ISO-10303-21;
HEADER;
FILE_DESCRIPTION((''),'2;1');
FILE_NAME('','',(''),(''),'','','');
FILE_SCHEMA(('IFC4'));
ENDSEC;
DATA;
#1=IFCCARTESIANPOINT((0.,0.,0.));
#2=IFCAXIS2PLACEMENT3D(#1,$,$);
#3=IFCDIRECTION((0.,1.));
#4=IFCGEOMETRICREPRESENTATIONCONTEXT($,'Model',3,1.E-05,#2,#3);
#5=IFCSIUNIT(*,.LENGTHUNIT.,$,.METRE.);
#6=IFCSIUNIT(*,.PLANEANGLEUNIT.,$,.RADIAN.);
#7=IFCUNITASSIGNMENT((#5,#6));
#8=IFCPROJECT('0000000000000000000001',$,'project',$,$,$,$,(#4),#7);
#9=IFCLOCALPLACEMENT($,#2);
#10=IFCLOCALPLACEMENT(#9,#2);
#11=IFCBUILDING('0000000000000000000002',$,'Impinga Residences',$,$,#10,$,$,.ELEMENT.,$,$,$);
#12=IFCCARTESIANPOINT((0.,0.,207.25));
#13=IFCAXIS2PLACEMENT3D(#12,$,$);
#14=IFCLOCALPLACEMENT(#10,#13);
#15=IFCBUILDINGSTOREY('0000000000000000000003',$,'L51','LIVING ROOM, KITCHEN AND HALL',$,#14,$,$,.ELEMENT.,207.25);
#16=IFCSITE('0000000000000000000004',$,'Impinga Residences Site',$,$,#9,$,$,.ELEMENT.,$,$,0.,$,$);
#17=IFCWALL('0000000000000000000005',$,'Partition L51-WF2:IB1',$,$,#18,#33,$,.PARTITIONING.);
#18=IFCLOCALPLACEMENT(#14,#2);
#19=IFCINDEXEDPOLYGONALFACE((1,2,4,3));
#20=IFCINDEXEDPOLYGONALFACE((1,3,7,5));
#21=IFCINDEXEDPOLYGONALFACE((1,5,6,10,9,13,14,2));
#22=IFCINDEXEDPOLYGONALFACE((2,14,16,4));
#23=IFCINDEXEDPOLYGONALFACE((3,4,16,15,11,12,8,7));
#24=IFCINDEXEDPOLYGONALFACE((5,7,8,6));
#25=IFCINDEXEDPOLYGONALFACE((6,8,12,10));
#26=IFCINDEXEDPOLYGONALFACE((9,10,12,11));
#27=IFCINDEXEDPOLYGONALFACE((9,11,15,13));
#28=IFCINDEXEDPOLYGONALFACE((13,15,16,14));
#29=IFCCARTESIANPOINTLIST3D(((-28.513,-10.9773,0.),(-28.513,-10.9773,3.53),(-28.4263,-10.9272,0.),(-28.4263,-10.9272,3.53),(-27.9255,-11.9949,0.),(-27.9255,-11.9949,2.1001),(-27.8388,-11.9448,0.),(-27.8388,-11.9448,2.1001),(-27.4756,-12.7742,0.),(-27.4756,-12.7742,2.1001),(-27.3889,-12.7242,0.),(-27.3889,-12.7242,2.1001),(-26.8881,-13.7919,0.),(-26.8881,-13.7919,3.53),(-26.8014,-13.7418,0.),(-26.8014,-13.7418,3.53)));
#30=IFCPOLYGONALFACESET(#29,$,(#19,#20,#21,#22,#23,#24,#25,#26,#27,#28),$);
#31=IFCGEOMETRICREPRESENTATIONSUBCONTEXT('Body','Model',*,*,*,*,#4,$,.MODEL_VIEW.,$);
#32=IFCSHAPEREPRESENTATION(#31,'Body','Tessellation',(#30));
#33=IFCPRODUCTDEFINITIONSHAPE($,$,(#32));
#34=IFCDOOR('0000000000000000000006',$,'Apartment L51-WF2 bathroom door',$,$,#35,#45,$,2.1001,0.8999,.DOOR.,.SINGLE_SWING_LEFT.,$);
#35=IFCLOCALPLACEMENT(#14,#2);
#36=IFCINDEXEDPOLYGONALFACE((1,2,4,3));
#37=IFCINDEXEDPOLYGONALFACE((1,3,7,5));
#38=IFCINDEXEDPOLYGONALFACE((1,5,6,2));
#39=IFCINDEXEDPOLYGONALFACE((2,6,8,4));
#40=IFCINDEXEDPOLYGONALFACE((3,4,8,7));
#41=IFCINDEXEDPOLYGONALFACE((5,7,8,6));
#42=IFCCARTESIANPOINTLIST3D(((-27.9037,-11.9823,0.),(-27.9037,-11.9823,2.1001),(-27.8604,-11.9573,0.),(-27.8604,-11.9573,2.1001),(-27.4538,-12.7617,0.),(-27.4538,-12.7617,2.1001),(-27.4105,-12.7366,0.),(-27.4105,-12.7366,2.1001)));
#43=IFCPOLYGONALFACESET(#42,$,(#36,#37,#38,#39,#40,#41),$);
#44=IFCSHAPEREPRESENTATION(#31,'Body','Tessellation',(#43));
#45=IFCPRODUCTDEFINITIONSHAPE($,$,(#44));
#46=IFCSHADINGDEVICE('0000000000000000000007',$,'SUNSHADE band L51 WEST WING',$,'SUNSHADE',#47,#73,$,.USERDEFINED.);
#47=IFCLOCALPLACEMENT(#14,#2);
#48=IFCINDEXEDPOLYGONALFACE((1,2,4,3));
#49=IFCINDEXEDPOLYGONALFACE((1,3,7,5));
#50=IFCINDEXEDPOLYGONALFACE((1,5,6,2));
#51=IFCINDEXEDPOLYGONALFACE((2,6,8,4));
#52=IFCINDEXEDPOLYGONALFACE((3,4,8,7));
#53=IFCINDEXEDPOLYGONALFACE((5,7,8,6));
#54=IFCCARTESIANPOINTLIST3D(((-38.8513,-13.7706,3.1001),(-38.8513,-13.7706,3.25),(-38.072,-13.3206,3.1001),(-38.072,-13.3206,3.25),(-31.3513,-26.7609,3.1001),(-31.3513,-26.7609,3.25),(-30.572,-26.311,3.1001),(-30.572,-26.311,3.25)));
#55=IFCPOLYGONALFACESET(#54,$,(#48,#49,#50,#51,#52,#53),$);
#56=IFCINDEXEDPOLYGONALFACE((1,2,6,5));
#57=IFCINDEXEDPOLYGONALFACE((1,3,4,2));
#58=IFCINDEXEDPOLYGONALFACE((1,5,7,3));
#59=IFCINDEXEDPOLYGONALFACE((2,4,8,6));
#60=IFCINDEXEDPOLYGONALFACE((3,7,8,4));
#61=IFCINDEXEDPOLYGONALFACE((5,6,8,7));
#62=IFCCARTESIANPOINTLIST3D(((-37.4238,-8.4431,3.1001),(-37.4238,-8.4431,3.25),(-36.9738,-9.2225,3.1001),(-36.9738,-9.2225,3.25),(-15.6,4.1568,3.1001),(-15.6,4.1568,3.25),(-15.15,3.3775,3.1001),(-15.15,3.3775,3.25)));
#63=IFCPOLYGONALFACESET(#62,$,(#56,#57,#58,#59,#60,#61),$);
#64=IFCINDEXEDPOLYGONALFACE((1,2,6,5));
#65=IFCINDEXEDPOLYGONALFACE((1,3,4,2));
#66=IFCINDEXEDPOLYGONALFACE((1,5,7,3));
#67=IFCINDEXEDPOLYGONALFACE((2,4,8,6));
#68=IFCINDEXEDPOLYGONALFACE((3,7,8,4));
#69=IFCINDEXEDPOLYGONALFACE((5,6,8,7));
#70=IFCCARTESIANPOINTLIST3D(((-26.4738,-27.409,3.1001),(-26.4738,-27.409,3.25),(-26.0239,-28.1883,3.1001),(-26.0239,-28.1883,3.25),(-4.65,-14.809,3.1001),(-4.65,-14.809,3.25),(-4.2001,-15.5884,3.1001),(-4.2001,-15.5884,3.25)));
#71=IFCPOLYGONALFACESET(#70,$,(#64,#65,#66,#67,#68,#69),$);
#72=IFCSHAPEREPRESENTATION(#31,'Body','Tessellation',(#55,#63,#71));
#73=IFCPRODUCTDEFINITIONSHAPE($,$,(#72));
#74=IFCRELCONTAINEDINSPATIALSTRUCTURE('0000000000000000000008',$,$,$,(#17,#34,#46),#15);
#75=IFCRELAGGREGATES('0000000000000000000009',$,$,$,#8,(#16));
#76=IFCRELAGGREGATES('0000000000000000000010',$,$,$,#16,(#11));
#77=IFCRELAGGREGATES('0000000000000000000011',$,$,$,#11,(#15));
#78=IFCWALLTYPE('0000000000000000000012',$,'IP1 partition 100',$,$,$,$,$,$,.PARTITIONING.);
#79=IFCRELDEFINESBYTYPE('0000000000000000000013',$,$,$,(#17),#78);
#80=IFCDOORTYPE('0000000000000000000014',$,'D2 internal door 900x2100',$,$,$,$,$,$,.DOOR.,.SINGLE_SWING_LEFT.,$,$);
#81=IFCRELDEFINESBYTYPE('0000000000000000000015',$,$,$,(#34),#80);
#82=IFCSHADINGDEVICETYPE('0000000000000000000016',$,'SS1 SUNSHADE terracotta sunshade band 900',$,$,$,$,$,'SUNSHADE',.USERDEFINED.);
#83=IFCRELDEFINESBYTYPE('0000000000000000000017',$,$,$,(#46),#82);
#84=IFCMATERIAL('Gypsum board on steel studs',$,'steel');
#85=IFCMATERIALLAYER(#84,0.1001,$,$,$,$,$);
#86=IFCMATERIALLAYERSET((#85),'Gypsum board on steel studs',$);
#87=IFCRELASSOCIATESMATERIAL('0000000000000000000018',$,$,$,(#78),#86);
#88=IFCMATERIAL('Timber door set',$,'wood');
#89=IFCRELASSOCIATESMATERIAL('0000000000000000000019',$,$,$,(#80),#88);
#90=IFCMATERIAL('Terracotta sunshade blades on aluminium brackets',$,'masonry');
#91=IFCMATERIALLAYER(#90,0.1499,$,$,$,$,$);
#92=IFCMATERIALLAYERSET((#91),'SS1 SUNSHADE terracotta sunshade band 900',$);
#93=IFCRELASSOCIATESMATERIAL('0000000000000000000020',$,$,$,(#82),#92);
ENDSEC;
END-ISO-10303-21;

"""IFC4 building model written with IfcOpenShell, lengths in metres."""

from ifc_helpers import new_model, si_unit, direction, frame, frame_2d, origin, origin_2d, place, context, subcontext, project, spatial, rectangle, extrude, material, layer, layer_set, type_object, element, fill, save


model = new_model("IFC4")

# Units and contexts
model_context = context("Model", 3, precision=1e-05, world=origin(), true_north=direction((0.0, 1.0)))
body_context = subcontext(model_context, "Body", "Model", "MODEL_VIEW")
ifc_project = project(units=[si_unit("LENGTHUNIT", "METRE"), si_unit("PLANEANGLEUNIT", "RADIAN")], contexts=[model_context])

# Site, building, storey
site_placement = place(None, origin())
site = spatial("IfcSite", under=ifc_project, at=site_placement, Name="Impinga Residences Site", CompositionType="ELEMENT", RefElevation=0.0)
building_placement = place(site_placement, origin())
building = spatial("IfcBuilding", under=site, at=building_placement, Name="Impinga Residences", CompositionType="ELEMENT")
storey_placement = place(building_placement, frame((0.0, 0.0, 207.25)))
storey = spatial("IfcBuildingStorey", under=building, at=storey_placement, Name="L51", Description="LIVING ROOM, KITCHEN AND HALL", CompositionType="ELEMENT", Elevation=207.25)

# Shared definitions
ifc_material_1 = material(Name="Timber door set", Category="wood")

# Shared definitions
ifc_material_2 = material(Name="Gypsum board on steel studs", Category="steel")
ifc_layer_1 = layer(ifc_material_2, 0.1001)
ifc_layer_set_1 = layer_set([ifc_layer_1], Name="Gypsum board on steel studs")
wall_type_1 = type_object("IfcWallType", Name="IP1 partition 100", PredefinedType="PARTITIONING", material=ifc_layer_set_1)

# Wall, opening, door
wall_1_placement = place(storey_placement, frame((-26.8447, -13.7668, 0.0), z_axis=(0.0, 0.0, 1.0), x_axis=(-0.499985, 0.866034, 0.0)))
wall_1 = element("IfcWall", 1, at=wall_1_placement, inside=storey, type_object=wall_type_1, Name="Partition L51-WF2:IB1", PredefinedType="PARTITIONING", context=body_context, shape_type="SweptSolid", body=[
    extrude(rectangle(XDim=3.25, YDim=0.1001, at=frame_2d((1.625, 0.0))), origin(), (0.0, 0.0, 1.0), 3.53),
])
opening_1_placement = place(wall_1_placement, frame((1.175, 0.0, 0.0)))
opening_1 = element("IfcOpeningElement", 2, at=opening_1_placement, cuts=wall_1, PredefinedType="OPENING", context=body_context, shape_type="SweptSolid", body=[
    extrude(rectangle(XDim=0.8999, YDim=2.1001, at=frame_2d((0.45, 1.05))), frame((0.0, 0.0601, 0.0), z_axis=(0.0, -1.0, 0.0), x_axis=(1.0, 0.0, 0.0)), (0.0, 0.0, 1.0), 0.1201),
])
door_type_1 = type_object("IfcDoorType", Name="D2 internal door 900x2100", OperationType="SINGLE_SWING_LEFT", PredefinedType="DOOR", material=ifc_material_1)
door_1_placement = place(opening_1_placement, origin())
door_1 = element("IfcDoor", 3, at=door_1_placement, inside=storey, type_object=door_type_1, Name="Apartment L51-WF2 bathroom door", OperationType="SINGLE_SWING_LEFT", OverallHeight=2.1001, OverallWidth=0.8999, PredefinedType="DOOR", context=body_context, shape_type="SweptSolid", body=[
    extrude(rectangle(XDim=0.8999, YDim=2.1001, at=frame_2d((0.45, 1.05))), frame((0.0, 0.0249, 0.0), z_axis=(0.0, -1.0, 0.0), x_axis=(1.0, 0.0, 0.0)), (0.0, 0.0, 1.0), 0.05),
])
fill(opening_1, door_1)

# Shading device
ifc_material_3 = material(Name="Terracotta sunshade blades on aluminium brackets", Category="masonry")
ifc_layer_2 = layer(ifc_material_3, 0.1499)
ifc_layer_set_2 = layer_set([ifc_layer_2], Name="SS1 SUNSHADE terracotta sunshade band 900")
shading_device_type = type_object("IfcShadingDeviceType", Name="SS1 SUNSHADE terracotta sunshade band 900", ElementType="SUNSHADE", PredefinedType="USERDEFINED", material=ifc_layer_set_2)
shading_device_placement = place(storey_placement, frame((-34.7117, -20.0408, 3.1001), z_axis=(0.0, 0.0, 1.0), x_axis=(-0.5, 0.866025, 0.0)))
element("IfcShadingDevice", 4, at=shading_device_placement, inside=storey, type_object=shading_device_type, Name="SUNSHADE band L51 WEST WING", ObjectType="SUNSHADE", PredefinedType="USERDEFINED", context=body_context, shape_type="SweptSolid", body=[
    extrude(rectangle(XDim=15.0, YDim=0.8999, at=origin_2d()), origin(), (0.0, 0.0, 1.0), 0.1499),
    extrude(rectangle(XDim=25.2, YDim=0.8999, at=origin_2d()), frame((10.95, -16.05, 0.0), z_axis=(0.0, 0.0, 1.0), x_axis=(0.0, -1.0, 0.0)), (0.0, 0.0, 1.0), 0.1499),
    extrude(rectangle(XDim=25.2, YDim=0.8999, at=origin_2d()), frame((-10.95, -16.05, 0.0), z_axis=(0.0, 0.0, 1.0), x_axis=(0.0, 1.0, 0.0)), (0.0, 0.0, 1.0), 0.1499),
])

save(model, "model.ifc")
